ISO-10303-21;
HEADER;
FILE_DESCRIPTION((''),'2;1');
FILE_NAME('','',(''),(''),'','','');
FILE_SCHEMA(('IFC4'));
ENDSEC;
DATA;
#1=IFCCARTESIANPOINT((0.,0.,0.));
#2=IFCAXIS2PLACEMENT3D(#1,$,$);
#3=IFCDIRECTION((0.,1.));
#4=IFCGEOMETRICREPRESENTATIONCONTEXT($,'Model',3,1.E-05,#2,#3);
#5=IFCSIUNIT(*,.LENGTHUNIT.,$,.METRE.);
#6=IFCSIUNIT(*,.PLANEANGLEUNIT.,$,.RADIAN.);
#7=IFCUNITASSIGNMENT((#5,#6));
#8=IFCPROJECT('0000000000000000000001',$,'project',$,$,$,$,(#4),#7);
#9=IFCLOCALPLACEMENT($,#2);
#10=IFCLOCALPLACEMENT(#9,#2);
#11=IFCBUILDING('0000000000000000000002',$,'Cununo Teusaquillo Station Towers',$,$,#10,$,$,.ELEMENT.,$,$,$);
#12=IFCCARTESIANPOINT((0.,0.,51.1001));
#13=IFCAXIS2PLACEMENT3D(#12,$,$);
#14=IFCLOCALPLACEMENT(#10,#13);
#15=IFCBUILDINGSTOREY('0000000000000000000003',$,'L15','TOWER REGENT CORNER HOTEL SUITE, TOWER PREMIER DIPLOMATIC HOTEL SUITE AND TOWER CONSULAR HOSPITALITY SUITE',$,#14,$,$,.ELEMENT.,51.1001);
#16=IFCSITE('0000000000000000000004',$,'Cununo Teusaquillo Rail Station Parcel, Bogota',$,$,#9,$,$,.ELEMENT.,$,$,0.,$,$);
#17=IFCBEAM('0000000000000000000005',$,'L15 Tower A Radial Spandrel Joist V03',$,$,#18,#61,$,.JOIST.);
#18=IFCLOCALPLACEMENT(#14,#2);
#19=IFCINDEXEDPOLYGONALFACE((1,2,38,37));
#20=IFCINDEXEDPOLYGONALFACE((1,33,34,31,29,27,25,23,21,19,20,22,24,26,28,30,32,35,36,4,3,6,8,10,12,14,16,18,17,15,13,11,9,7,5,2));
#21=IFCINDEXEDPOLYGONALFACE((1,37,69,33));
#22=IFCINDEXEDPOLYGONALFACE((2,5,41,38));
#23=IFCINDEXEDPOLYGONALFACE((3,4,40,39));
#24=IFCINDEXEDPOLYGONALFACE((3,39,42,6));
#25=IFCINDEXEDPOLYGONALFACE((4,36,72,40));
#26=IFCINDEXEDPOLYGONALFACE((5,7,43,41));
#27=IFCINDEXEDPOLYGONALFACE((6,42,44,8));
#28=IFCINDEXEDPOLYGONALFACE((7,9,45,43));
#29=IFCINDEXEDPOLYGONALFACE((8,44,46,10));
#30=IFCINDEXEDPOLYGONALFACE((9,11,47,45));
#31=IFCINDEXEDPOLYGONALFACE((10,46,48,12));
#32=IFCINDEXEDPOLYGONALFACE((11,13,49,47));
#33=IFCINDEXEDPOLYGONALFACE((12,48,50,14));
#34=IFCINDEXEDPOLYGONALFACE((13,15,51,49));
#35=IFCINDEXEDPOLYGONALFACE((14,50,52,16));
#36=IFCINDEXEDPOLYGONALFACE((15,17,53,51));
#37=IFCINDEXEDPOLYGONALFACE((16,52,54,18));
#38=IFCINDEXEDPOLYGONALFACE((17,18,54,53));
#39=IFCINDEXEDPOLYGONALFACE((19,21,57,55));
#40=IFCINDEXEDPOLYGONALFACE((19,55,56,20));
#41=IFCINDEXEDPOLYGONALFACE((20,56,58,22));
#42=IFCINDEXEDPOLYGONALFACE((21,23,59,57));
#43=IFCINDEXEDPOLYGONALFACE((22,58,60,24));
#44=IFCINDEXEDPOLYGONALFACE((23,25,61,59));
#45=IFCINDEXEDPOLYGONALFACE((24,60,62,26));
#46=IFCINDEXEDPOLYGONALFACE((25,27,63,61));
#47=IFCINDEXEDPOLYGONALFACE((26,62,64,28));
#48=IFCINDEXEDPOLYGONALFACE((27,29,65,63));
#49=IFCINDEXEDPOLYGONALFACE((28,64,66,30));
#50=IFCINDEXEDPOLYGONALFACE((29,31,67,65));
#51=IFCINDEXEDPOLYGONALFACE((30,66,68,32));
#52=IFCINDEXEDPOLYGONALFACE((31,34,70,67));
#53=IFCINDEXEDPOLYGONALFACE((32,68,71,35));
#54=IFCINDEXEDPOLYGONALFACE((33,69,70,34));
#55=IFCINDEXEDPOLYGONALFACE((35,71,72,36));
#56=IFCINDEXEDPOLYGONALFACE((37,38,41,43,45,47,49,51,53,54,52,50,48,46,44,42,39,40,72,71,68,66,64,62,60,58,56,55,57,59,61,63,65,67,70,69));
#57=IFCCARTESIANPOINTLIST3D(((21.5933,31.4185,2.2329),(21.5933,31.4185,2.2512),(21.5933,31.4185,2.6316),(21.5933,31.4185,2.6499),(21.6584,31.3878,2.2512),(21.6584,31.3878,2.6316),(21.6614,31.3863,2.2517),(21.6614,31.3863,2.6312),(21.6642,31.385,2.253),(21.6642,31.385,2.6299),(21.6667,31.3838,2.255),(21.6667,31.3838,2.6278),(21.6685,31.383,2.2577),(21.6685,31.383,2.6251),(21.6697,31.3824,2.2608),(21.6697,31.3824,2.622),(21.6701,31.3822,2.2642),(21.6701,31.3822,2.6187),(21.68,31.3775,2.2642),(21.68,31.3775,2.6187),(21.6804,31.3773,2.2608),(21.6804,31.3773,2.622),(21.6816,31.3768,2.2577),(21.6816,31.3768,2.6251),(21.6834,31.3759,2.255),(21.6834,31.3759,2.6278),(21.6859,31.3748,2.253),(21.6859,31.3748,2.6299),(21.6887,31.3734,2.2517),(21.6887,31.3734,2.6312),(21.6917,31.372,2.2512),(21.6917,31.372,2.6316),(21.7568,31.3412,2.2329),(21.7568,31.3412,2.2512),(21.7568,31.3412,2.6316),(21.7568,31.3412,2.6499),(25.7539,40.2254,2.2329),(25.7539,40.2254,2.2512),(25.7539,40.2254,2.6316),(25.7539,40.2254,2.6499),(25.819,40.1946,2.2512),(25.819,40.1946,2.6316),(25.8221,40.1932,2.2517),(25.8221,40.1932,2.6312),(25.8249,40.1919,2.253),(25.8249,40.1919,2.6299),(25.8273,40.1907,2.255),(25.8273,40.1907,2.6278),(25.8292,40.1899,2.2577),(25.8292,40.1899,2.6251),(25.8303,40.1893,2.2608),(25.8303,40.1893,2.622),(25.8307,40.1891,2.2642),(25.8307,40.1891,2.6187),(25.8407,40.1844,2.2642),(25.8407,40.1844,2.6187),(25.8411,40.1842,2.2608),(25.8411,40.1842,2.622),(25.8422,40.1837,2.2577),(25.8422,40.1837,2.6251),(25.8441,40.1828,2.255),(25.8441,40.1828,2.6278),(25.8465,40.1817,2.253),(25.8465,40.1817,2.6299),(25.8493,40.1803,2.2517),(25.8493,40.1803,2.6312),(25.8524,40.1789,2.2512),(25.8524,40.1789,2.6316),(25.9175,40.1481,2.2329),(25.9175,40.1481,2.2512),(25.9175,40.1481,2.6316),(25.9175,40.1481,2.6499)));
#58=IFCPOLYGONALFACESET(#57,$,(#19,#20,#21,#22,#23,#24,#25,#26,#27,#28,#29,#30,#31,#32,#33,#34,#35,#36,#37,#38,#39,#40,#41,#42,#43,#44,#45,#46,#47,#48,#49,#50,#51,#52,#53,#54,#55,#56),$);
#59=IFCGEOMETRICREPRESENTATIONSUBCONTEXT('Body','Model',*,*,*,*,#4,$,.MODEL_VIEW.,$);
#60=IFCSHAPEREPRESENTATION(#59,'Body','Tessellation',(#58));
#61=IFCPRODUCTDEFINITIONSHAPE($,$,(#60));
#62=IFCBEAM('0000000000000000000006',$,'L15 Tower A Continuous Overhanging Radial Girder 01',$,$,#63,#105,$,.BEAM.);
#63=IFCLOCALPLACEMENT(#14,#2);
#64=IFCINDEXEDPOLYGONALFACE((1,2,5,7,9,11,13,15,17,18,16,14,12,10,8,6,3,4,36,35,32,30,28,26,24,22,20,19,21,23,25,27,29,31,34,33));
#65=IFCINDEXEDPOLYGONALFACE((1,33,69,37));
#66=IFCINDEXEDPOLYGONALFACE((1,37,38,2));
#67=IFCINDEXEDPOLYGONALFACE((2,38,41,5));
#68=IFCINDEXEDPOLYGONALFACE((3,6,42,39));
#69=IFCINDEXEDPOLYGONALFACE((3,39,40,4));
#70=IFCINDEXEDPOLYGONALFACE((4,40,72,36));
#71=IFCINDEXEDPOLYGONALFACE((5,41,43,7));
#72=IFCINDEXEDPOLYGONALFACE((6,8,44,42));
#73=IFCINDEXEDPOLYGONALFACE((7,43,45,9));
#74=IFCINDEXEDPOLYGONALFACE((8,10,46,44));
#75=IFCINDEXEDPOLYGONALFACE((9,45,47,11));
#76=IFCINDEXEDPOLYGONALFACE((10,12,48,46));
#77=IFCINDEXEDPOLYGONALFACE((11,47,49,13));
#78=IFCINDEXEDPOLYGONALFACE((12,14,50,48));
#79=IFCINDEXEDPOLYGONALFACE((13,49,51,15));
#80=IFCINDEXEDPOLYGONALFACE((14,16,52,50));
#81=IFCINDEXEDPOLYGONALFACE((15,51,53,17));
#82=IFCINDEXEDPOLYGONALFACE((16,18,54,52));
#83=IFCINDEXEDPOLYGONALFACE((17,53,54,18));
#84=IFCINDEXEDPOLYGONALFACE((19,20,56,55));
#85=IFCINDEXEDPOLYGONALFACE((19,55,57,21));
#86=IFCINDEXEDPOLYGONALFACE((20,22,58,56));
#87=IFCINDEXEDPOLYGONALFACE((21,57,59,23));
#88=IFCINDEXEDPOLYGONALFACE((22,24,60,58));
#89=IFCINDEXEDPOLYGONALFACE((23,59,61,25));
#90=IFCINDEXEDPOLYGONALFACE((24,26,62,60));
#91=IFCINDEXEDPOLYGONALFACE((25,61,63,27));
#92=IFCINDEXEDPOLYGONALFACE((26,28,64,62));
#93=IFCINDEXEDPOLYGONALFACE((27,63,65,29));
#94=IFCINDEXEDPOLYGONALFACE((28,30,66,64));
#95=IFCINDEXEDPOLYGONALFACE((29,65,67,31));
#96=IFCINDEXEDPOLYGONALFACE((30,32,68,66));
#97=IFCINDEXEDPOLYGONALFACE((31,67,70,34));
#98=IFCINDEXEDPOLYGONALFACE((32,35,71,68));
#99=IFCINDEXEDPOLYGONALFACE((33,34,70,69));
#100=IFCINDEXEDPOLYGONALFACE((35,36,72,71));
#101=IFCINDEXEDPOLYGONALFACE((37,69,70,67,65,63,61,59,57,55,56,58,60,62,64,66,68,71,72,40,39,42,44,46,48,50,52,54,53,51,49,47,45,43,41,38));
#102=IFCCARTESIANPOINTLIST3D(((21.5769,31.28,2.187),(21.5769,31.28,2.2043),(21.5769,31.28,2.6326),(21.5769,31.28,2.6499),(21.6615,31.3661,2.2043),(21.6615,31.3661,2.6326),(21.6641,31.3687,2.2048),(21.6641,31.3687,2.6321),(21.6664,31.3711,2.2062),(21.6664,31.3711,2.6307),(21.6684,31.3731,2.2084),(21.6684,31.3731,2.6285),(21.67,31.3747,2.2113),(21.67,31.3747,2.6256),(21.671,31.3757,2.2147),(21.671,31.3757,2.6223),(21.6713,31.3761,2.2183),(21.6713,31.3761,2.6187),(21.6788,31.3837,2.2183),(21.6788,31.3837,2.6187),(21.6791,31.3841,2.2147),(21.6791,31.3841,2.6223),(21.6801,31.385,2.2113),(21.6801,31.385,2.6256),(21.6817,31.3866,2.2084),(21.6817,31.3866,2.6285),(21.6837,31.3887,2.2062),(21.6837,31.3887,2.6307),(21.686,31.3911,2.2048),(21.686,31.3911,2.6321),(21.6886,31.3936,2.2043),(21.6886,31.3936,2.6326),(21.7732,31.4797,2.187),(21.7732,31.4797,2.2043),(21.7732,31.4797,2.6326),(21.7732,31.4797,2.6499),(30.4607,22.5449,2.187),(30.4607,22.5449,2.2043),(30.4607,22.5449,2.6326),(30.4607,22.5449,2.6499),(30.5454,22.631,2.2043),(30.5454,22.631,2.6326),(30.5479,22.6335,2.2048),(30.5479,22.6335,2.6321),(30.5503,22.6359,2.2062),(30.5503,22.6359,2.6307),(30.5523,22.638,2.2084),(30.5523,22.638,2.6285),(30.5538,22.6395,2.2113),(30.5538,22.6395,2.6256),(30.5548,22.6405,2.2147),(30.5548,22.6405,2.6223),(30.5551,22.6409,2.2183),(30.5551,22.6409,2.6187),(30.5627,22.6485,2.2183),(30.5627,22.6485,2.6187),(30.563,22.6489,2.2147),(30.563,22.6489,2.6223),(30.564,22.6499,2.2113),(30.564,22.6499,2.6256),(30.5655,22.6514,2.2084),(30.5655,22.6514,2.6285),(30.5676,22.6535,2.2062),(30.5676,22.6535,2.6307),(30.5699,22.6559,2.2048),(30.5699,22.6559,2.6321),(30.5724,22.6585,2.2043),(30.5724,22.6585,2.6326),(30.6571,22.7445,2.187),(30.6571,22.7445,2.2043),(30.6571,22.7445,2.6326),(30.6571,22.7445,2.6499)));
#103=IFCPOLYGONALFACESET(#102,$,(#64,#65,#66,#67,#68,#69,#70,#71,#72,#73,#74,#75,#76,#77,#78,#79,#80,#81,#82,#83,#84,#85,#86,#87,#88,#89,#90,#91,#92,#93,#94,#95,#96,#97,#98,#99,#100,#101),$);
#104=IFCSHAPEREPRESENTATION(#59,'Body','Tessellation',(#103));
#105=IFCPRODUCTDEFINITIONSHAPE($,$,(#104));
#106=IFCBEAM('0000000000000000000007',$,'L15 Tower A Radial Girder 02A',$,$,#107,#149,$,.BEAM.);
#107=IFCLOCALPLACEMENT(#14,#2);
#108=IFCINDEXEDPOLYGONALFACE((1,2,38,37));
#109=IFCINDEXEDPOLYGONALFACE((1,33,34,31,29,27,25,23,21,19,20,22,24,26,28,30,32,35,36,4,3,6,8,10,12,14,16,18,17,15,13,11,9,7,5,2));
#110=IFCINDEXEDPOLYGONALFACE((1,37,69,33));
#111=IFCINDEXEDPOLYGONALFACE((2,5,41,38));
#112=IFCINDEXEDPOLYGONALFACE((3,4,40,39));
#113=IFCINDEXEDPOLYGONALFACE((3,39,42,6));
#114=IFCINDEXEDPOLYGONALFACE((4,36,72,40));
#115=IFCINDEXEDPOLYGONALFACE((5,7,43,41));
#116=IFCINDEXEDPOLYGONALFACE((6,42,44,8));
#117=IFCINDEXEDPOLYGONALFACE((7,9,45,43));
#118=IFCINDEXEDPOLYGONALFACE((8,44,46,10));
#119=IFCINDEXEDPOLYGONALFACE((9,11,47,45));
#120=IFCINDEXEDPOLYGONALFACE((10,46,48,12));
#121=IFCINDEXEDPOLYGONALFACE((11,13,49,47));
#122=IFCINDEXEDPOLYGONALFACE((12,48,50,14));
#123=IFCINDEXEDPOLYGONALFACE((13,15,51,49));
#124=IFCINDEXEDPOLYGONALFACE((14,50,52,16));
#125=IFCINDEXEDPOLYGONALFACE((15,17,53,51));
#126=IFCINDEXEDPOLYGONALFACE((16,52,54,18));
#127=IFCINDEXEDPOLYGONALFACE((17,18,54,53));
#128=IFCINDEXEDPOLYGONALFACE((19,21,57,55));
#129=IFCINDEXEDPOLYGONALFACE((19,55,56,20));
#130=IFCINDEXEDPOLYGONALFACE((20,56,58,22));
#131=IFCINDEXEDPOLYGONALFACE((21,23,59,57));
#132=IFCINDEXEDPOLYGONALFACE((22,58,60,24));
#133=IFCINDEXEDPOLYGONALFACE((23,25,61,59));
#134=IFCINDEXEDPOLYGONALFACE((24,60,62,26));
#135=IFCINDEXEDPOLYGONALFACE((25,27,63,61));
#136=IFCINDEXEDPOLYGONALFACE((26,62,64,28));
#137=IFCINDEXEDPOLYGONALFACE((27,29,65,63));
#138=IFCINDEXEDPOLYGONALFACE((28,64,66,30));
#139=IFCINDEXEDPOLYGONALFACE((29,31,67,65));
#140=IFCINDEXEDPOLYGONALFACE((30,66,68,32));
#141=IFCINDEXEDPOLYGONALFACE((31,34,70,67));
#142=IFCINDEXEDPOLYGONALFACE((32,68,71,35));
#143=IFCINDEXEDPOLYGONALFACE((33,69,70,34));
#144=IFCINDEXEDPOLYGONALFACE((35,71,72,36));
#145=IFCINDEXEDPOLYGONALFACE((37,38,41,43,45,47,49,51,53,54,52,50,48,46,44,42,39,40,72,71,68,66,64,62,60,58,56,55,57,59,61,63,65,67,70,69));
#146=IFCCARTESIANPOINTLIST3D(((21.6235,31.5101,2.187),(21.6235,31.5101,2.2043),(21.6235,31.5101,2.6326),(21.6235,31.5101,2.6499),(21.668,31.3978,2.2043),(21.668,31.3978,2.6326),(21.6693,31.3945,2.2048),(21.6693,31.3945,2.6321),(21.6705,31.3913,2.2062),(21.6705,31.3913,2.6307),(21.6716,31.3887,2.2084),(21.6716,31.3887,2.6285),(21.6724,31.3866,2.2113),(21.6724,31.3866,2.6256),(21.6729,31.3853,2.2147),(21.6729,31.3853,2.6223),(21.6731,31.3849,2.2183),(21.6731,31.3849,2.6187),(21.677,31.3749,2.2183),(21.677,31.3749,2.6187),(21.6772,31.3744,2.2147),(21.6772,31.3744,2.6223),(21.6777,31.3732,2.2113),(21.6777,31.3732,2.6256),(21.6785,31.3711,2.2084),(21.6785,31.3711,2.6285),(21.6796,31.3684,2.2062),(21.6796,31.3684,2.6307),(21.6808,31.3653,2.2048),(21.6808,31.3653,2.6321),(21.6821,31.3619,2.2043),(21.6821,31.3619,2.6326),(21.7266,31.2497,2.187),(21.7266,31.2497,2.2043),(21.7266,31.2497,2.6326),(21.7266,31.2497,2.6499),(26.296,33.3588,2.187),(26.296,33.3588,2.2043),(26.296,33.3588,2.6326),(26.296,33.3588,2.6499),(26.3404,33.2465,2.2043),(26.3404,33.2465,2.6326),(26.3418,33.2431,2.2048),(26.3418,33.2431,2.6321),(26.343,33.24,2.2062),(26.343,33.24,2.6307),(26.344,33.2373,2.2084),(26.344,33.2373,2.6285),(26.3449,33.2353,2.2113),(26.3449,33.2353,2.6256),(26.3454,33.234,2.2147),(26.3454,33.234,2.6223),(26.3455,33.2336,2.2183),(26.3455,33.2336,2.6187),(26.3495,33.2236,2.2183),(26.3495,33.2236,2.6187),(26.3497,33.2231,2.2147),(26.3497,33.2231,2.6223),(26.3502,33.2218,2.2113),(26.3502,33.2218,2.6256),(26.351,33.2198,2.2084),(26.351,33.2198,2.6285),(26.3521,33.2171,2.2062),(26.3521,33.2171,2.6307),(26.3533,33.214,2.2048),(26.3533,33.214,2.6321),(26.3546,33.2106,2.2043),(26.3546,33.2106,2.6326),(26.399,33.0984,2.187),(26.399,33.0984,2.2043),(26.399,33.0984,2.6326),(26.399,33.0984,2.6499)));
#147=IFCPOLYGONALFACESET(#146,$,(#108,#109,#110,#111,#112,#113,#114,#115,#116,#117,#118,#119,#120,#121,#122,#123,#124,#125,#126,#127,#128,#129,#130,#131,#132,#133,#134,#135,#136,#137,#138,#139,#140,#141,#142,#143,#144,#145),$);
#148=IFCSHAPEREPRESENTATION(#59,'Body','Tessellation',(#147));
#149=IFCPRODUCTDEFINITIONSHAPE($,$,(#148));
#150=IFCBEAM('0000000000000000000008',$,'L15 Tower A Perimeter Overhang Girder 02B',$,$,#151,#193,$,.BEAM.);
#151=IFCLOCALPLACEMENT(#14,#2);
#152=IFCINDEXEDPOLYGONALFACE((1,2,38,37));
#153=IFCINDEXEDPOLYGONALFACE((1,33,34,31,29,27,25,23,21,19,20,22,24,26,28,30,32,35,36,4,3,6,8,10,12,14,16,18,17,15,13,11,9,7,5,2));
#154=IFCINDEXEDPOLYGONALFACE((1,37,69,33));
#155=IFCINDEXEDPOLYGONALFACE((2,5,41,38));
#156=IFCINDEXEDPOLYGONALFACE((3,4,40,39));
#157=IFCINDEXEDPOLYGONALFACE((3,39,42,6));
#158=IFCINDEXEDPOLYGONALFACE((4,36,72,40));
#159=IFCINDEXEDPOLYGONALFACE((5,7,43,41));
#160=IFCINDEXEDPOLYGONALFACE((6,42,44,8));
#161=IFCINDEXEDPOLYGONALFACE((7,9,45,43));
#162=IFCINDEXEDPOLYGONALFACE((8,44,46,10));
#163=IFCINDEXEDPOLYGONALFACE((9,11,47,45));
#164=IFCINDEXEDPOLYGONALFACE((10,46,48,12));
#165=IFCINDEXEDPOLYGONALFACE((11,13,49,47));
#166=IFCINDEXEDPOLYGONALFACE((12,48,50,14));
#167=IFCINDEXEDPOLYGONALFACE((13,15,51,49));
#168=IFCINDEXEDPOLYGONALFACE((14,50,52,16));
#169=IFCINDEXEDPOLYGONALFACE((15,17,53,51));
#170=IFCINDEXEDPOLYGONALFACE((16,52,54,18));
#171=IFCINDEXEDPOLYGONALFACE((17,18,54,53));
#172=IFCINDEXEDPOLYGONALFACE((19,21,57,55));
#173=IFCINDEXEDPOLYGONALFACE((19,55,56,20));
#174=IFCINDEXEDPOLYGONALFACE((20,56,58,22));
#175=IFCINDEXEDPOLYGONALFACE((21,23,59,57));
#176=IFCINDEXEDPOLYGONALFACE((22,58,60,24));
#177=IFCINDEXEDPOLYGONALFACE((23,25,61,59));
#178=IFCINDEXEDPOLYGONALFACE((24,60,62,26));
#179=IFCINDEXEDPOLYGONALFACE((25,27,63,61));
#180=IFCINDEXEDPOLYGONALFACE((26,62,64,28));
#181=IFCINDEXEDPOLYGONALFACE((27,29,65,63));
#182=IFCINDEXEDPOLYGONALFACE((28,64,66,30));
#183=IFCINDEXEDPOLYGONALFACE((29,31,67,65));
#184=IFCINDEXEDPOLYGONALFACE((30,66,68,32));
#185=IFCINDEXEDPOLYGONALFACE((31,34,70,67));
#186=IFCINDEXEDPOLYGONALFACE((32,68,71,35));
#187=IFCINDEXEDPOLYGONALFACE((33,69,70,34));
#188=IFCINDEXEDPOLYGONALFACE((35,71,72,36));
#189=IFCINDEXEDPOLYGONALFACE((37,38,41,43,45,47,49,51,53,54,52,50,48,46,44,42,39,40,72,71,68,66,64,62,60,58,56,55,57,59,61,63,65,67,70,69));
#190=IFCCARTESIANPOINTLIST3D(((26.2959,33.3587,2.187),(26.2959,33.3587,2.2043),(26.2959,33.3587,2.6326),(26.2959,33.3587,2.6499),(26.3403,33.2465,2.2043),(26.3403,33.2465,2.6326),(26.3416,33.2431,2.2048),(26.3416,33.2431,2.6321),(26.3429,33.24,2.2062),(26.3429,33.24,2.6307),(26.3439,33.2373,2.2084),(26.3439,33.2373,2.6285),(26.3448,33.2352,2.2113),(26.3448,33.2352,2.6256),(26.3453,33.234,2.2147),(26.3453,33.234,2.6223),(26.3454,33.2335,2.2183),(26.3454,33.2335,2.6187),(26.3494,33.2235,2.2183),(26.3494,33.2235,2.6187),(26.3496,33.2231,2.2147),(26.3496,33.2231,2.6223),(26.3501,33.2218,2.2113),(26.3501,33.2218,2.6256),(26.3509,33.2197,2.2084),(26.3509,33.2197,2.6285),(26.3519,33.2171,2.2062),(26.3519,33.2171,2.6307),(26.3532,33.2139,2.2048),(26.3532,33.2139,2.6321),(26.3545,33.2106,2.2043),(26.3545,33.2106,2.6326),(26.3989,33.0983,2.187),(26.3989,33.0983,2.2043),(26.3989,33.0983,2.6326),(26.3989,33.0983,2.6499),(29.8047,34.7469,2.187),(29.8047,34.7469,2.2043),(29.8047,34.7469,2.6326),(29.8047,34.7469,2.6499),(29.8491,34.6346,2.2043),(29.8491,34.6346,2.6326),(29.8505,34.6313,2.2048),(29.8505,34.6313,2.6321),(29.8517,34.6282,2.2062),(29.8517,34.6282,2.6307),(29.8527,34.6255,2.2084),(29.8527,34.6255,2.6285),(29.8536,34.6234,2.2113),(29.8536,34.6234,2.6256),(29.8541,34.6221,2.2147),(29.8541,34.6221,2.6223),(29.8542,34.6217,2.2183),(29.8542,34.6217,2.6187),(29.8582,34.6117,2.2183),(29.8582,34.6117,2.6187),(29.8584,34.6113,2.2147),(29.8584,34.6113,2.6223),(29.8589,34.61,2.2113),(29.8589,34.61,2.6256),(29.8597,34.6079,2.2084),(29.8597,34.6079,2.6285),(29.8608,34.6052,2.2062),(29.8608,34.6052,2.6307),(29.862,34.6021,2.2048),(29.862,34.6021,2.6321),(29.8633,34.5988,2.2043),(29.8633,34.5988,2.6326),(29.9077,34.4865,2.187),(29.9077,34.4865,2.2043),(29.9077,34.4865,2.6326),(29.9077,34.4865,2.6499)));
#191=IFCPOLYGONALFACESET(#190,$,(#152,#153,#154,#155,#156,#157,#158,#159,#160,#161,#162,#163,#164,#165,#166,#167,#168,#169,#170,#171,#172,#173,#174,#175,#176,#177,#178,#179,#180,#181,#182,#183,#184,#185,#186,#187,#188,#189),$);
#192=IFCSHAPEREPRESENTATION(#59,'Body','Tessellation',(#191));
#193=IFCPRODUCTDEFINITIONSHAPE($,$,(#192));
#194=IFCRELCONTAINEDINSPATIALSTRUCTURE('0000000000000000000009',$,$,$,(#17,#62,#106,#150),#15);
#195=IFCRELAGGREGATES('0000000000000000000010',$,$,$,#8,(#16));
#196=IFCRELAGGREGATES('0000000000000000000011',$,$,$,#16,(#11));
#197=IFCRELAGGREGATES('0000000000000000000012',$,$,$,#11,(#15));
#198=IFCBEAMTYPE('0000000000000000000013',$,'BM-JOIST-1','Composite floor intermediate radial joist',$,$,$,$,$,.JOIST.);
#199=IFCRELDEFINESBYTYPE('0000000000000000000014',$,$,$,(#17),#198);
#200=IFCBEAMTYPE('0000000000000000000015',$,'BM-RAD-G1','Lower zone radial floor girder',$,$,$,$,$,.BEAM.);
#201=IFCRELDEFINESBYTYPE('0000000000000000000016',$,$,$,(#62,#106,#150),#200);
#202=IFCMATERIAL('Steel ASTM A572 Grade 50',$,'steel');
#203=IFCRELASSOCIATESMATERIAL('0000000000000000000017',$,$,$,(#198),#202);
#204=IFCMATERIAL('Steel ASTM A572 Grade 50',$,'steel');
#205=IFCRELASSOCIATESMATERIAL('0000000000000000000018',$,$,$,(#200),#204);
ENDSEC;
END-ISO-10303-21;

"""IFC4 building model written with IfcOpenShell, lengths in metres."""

from ifc_helpers import new_model, si_unit, direction, frame, origin, origin_2d, place, context, subcontext, project, spatial, i_section, extrude, material, material_profile, profile_set, type_object, element, save


model = new_model("IFC4")

# Units and contexts
model_context = context("Model", 3, precision=1e-05, world=origin(), true_north=direction((0.0, 1.0)))
body_context = subcontext(model_context, "Body", "Model", "MODEL_VIEW")
ifc_project = project(units=[si_unit("LENGTHUNIT", "METRE"), si_unit("PLANEANGLEUNIT", "RADIAN")], contexts=[model_context])

# Site, building, storey
site_placement = place(None, origin())
site = spatial("IfcSite", under=ifc_project, at=site_placement, Name="Cununo Teusaquillo Rail Station Parcel, Bogota", CompositionType="ELEMENT", RefElevation=0.0)
building_placement = place(site_placement, origin())
building = spatial("IfcBuilding", under=site, at=building_placement, Name="Cununo Teusaquillo Station Towers", CompositionType="ELEMENT")
storey_placement = place(building_placement, frame((0.0, 0.0, 51.1001)))
storey = spatial("IfcBuildingStorey", under=building, at=storey_placement, Name="L15", Description="TOWER REGENT CORNER HOTEL SUITE, TOWER PREMIER DIPLOMATIC HOTEL SUITE AND TOWER CONSULAR HOSPITALITY SUITE", CompositionType="ELEMENT", Elevation=51.1001)

# Beams
ifc_material_1 = material(Name="Steel ASTM A572 Grade 50", Category="steel")
ifc_material_profile_1 = material_profile(ifc_material_1, i_section(OverallWidth=0.1809, OverallDepth=0.417, WebThickness=0.011, FlangeThickness=0.0183, FilletRadius=0.0129, at=origin_2d()), Name="W16X57")
ifc_profile_set_1 = profile_set([ifc_material_profile_1], Name="Steel ASTM A572 Grade 50")
beam_type_1 = type_object("IfcBeamType", Name="BM-JOIST-1", Description="Composite floor intermediate radial joist", PredefinedType="JOIST", material=ifc_profile_set_1)
beam_1_placement = place(storey_placement, frame((21.675, 31.3799, 2.4414), z_axis=(0.427161, 0.904176, 0.0), x_axis=(-0.904176, 0.427161, 0.0)))
element("IfcBeam", 1, at=beam_1_placement, inside=storey, type_object=beam_type_1, Name="L15 Tower A Radial Spandrel Joist V03", PredefinedType="JOIST", context=body_context, shape_type="SweptSolid", body=[
    extrude(i_section(OverallWidth=0.1809, OverallDepth=0.417, WebThickness=0.011, FlangeThickness=0.0183, FilletRadius=0.0129, at=origin_2d()), origin(), (0.0, 0.0, 1.0), 9.7402),
])
ifc_material_2 = material(Name="Steel ASTM A572 Grade 50", Category="steel")
ifc_material_profile_2 = material_profile(ifc_material_2, i_section(OverallWidth=0.28, OverallDepth=0.4629, WebThickness=0.0107, FlangeThickness=0.0173, FilletRadius=0.0139, at=origin_2d()), Name="W18X76")
ifc_profile_set_2 = profile_set([ifc_material_profile_2], Name="Steel ASTM A572 Grade 50")
beam_type_2 = type_object("IfcBeamType", Name="BM-RAD-G1", Description="Lower zone radial floor girder", PredefinedType="BEAM", material=ifc_profile_set_2)
beam_2_placement = place(storey_placement, frame((21.675, 31.3799, 2.4185), z_axis=(0.713048, -0.701115, 0.0), x_axis=(0.701115, 0.713048, 0.0)))
element("IfcBeam", 2, at=beam_2_placement, inside=storey, type_object=beam_type_2, Name="L15 Tower A Continuous Overhanging Radial Girder 01", PredefinedType="BEAM", context=body_context, shape_type="SweptSolid", body=[
    extrude(i_section(OverallWidth=0.28, OverallDepth=0.4629, WebThickness=0.0107, FlangeThickness=0.0173, FilletRadius=0.0139, at=origin_2d()), origin(), (0.0, 0.0, 1.0), 12.459),
])
beam_3_placement = place(storey_placement, frame((21.675, 31.3799, 2.4185), z_axis=(0.929864, 0.367903, 0.0), x_axis=(-0.367903, 0.929864, 0.0)))
element("IfcBeam", 3, at=beam_3_placement, inside=storey, type_object=beam_type_2, Name="L15 Tower A Radial Girder 02A", PredefinedType="BEAM", context=body_context, shape_type="SweptSolid", body=[
    extrude(i_section(OverallWidth=0.28, OverallDepth=0.4629, WebThickness=0.0107, FlangeThickness=0.0173, FilletRadius=0.0139, at=origin_2d()), origin(), (0.0, 0.0, 1.0), 5.0249),
])
beam_4_placement = place(storey_placement, frame((26.3474, 33.2285, 2.4185), z_axis=(0.929871, 0.367885, 0.0), x_axis=(-0.367885, 0.929871, 0.0)))
element("IfcBeam", 4, at=beam_4_placement, inside=storey, type_object=beam_type_2, Name="L15 Tower A Perimeter Overhang Girder 02B", PredefinedType="BEAM", context=body_context, shape_type="SweptSolid", body=[
    extrude(i_section(OverallWidth=0.28, OverallDepth=0.4629, WebThickness=0.0107, FlangeThickness=0.0173, FilletRadius=0.0139, at=origin_2d()), origin(), (0.0, 0.0, 1.0), 3.7734),
])

save(model, "model.ifc")
